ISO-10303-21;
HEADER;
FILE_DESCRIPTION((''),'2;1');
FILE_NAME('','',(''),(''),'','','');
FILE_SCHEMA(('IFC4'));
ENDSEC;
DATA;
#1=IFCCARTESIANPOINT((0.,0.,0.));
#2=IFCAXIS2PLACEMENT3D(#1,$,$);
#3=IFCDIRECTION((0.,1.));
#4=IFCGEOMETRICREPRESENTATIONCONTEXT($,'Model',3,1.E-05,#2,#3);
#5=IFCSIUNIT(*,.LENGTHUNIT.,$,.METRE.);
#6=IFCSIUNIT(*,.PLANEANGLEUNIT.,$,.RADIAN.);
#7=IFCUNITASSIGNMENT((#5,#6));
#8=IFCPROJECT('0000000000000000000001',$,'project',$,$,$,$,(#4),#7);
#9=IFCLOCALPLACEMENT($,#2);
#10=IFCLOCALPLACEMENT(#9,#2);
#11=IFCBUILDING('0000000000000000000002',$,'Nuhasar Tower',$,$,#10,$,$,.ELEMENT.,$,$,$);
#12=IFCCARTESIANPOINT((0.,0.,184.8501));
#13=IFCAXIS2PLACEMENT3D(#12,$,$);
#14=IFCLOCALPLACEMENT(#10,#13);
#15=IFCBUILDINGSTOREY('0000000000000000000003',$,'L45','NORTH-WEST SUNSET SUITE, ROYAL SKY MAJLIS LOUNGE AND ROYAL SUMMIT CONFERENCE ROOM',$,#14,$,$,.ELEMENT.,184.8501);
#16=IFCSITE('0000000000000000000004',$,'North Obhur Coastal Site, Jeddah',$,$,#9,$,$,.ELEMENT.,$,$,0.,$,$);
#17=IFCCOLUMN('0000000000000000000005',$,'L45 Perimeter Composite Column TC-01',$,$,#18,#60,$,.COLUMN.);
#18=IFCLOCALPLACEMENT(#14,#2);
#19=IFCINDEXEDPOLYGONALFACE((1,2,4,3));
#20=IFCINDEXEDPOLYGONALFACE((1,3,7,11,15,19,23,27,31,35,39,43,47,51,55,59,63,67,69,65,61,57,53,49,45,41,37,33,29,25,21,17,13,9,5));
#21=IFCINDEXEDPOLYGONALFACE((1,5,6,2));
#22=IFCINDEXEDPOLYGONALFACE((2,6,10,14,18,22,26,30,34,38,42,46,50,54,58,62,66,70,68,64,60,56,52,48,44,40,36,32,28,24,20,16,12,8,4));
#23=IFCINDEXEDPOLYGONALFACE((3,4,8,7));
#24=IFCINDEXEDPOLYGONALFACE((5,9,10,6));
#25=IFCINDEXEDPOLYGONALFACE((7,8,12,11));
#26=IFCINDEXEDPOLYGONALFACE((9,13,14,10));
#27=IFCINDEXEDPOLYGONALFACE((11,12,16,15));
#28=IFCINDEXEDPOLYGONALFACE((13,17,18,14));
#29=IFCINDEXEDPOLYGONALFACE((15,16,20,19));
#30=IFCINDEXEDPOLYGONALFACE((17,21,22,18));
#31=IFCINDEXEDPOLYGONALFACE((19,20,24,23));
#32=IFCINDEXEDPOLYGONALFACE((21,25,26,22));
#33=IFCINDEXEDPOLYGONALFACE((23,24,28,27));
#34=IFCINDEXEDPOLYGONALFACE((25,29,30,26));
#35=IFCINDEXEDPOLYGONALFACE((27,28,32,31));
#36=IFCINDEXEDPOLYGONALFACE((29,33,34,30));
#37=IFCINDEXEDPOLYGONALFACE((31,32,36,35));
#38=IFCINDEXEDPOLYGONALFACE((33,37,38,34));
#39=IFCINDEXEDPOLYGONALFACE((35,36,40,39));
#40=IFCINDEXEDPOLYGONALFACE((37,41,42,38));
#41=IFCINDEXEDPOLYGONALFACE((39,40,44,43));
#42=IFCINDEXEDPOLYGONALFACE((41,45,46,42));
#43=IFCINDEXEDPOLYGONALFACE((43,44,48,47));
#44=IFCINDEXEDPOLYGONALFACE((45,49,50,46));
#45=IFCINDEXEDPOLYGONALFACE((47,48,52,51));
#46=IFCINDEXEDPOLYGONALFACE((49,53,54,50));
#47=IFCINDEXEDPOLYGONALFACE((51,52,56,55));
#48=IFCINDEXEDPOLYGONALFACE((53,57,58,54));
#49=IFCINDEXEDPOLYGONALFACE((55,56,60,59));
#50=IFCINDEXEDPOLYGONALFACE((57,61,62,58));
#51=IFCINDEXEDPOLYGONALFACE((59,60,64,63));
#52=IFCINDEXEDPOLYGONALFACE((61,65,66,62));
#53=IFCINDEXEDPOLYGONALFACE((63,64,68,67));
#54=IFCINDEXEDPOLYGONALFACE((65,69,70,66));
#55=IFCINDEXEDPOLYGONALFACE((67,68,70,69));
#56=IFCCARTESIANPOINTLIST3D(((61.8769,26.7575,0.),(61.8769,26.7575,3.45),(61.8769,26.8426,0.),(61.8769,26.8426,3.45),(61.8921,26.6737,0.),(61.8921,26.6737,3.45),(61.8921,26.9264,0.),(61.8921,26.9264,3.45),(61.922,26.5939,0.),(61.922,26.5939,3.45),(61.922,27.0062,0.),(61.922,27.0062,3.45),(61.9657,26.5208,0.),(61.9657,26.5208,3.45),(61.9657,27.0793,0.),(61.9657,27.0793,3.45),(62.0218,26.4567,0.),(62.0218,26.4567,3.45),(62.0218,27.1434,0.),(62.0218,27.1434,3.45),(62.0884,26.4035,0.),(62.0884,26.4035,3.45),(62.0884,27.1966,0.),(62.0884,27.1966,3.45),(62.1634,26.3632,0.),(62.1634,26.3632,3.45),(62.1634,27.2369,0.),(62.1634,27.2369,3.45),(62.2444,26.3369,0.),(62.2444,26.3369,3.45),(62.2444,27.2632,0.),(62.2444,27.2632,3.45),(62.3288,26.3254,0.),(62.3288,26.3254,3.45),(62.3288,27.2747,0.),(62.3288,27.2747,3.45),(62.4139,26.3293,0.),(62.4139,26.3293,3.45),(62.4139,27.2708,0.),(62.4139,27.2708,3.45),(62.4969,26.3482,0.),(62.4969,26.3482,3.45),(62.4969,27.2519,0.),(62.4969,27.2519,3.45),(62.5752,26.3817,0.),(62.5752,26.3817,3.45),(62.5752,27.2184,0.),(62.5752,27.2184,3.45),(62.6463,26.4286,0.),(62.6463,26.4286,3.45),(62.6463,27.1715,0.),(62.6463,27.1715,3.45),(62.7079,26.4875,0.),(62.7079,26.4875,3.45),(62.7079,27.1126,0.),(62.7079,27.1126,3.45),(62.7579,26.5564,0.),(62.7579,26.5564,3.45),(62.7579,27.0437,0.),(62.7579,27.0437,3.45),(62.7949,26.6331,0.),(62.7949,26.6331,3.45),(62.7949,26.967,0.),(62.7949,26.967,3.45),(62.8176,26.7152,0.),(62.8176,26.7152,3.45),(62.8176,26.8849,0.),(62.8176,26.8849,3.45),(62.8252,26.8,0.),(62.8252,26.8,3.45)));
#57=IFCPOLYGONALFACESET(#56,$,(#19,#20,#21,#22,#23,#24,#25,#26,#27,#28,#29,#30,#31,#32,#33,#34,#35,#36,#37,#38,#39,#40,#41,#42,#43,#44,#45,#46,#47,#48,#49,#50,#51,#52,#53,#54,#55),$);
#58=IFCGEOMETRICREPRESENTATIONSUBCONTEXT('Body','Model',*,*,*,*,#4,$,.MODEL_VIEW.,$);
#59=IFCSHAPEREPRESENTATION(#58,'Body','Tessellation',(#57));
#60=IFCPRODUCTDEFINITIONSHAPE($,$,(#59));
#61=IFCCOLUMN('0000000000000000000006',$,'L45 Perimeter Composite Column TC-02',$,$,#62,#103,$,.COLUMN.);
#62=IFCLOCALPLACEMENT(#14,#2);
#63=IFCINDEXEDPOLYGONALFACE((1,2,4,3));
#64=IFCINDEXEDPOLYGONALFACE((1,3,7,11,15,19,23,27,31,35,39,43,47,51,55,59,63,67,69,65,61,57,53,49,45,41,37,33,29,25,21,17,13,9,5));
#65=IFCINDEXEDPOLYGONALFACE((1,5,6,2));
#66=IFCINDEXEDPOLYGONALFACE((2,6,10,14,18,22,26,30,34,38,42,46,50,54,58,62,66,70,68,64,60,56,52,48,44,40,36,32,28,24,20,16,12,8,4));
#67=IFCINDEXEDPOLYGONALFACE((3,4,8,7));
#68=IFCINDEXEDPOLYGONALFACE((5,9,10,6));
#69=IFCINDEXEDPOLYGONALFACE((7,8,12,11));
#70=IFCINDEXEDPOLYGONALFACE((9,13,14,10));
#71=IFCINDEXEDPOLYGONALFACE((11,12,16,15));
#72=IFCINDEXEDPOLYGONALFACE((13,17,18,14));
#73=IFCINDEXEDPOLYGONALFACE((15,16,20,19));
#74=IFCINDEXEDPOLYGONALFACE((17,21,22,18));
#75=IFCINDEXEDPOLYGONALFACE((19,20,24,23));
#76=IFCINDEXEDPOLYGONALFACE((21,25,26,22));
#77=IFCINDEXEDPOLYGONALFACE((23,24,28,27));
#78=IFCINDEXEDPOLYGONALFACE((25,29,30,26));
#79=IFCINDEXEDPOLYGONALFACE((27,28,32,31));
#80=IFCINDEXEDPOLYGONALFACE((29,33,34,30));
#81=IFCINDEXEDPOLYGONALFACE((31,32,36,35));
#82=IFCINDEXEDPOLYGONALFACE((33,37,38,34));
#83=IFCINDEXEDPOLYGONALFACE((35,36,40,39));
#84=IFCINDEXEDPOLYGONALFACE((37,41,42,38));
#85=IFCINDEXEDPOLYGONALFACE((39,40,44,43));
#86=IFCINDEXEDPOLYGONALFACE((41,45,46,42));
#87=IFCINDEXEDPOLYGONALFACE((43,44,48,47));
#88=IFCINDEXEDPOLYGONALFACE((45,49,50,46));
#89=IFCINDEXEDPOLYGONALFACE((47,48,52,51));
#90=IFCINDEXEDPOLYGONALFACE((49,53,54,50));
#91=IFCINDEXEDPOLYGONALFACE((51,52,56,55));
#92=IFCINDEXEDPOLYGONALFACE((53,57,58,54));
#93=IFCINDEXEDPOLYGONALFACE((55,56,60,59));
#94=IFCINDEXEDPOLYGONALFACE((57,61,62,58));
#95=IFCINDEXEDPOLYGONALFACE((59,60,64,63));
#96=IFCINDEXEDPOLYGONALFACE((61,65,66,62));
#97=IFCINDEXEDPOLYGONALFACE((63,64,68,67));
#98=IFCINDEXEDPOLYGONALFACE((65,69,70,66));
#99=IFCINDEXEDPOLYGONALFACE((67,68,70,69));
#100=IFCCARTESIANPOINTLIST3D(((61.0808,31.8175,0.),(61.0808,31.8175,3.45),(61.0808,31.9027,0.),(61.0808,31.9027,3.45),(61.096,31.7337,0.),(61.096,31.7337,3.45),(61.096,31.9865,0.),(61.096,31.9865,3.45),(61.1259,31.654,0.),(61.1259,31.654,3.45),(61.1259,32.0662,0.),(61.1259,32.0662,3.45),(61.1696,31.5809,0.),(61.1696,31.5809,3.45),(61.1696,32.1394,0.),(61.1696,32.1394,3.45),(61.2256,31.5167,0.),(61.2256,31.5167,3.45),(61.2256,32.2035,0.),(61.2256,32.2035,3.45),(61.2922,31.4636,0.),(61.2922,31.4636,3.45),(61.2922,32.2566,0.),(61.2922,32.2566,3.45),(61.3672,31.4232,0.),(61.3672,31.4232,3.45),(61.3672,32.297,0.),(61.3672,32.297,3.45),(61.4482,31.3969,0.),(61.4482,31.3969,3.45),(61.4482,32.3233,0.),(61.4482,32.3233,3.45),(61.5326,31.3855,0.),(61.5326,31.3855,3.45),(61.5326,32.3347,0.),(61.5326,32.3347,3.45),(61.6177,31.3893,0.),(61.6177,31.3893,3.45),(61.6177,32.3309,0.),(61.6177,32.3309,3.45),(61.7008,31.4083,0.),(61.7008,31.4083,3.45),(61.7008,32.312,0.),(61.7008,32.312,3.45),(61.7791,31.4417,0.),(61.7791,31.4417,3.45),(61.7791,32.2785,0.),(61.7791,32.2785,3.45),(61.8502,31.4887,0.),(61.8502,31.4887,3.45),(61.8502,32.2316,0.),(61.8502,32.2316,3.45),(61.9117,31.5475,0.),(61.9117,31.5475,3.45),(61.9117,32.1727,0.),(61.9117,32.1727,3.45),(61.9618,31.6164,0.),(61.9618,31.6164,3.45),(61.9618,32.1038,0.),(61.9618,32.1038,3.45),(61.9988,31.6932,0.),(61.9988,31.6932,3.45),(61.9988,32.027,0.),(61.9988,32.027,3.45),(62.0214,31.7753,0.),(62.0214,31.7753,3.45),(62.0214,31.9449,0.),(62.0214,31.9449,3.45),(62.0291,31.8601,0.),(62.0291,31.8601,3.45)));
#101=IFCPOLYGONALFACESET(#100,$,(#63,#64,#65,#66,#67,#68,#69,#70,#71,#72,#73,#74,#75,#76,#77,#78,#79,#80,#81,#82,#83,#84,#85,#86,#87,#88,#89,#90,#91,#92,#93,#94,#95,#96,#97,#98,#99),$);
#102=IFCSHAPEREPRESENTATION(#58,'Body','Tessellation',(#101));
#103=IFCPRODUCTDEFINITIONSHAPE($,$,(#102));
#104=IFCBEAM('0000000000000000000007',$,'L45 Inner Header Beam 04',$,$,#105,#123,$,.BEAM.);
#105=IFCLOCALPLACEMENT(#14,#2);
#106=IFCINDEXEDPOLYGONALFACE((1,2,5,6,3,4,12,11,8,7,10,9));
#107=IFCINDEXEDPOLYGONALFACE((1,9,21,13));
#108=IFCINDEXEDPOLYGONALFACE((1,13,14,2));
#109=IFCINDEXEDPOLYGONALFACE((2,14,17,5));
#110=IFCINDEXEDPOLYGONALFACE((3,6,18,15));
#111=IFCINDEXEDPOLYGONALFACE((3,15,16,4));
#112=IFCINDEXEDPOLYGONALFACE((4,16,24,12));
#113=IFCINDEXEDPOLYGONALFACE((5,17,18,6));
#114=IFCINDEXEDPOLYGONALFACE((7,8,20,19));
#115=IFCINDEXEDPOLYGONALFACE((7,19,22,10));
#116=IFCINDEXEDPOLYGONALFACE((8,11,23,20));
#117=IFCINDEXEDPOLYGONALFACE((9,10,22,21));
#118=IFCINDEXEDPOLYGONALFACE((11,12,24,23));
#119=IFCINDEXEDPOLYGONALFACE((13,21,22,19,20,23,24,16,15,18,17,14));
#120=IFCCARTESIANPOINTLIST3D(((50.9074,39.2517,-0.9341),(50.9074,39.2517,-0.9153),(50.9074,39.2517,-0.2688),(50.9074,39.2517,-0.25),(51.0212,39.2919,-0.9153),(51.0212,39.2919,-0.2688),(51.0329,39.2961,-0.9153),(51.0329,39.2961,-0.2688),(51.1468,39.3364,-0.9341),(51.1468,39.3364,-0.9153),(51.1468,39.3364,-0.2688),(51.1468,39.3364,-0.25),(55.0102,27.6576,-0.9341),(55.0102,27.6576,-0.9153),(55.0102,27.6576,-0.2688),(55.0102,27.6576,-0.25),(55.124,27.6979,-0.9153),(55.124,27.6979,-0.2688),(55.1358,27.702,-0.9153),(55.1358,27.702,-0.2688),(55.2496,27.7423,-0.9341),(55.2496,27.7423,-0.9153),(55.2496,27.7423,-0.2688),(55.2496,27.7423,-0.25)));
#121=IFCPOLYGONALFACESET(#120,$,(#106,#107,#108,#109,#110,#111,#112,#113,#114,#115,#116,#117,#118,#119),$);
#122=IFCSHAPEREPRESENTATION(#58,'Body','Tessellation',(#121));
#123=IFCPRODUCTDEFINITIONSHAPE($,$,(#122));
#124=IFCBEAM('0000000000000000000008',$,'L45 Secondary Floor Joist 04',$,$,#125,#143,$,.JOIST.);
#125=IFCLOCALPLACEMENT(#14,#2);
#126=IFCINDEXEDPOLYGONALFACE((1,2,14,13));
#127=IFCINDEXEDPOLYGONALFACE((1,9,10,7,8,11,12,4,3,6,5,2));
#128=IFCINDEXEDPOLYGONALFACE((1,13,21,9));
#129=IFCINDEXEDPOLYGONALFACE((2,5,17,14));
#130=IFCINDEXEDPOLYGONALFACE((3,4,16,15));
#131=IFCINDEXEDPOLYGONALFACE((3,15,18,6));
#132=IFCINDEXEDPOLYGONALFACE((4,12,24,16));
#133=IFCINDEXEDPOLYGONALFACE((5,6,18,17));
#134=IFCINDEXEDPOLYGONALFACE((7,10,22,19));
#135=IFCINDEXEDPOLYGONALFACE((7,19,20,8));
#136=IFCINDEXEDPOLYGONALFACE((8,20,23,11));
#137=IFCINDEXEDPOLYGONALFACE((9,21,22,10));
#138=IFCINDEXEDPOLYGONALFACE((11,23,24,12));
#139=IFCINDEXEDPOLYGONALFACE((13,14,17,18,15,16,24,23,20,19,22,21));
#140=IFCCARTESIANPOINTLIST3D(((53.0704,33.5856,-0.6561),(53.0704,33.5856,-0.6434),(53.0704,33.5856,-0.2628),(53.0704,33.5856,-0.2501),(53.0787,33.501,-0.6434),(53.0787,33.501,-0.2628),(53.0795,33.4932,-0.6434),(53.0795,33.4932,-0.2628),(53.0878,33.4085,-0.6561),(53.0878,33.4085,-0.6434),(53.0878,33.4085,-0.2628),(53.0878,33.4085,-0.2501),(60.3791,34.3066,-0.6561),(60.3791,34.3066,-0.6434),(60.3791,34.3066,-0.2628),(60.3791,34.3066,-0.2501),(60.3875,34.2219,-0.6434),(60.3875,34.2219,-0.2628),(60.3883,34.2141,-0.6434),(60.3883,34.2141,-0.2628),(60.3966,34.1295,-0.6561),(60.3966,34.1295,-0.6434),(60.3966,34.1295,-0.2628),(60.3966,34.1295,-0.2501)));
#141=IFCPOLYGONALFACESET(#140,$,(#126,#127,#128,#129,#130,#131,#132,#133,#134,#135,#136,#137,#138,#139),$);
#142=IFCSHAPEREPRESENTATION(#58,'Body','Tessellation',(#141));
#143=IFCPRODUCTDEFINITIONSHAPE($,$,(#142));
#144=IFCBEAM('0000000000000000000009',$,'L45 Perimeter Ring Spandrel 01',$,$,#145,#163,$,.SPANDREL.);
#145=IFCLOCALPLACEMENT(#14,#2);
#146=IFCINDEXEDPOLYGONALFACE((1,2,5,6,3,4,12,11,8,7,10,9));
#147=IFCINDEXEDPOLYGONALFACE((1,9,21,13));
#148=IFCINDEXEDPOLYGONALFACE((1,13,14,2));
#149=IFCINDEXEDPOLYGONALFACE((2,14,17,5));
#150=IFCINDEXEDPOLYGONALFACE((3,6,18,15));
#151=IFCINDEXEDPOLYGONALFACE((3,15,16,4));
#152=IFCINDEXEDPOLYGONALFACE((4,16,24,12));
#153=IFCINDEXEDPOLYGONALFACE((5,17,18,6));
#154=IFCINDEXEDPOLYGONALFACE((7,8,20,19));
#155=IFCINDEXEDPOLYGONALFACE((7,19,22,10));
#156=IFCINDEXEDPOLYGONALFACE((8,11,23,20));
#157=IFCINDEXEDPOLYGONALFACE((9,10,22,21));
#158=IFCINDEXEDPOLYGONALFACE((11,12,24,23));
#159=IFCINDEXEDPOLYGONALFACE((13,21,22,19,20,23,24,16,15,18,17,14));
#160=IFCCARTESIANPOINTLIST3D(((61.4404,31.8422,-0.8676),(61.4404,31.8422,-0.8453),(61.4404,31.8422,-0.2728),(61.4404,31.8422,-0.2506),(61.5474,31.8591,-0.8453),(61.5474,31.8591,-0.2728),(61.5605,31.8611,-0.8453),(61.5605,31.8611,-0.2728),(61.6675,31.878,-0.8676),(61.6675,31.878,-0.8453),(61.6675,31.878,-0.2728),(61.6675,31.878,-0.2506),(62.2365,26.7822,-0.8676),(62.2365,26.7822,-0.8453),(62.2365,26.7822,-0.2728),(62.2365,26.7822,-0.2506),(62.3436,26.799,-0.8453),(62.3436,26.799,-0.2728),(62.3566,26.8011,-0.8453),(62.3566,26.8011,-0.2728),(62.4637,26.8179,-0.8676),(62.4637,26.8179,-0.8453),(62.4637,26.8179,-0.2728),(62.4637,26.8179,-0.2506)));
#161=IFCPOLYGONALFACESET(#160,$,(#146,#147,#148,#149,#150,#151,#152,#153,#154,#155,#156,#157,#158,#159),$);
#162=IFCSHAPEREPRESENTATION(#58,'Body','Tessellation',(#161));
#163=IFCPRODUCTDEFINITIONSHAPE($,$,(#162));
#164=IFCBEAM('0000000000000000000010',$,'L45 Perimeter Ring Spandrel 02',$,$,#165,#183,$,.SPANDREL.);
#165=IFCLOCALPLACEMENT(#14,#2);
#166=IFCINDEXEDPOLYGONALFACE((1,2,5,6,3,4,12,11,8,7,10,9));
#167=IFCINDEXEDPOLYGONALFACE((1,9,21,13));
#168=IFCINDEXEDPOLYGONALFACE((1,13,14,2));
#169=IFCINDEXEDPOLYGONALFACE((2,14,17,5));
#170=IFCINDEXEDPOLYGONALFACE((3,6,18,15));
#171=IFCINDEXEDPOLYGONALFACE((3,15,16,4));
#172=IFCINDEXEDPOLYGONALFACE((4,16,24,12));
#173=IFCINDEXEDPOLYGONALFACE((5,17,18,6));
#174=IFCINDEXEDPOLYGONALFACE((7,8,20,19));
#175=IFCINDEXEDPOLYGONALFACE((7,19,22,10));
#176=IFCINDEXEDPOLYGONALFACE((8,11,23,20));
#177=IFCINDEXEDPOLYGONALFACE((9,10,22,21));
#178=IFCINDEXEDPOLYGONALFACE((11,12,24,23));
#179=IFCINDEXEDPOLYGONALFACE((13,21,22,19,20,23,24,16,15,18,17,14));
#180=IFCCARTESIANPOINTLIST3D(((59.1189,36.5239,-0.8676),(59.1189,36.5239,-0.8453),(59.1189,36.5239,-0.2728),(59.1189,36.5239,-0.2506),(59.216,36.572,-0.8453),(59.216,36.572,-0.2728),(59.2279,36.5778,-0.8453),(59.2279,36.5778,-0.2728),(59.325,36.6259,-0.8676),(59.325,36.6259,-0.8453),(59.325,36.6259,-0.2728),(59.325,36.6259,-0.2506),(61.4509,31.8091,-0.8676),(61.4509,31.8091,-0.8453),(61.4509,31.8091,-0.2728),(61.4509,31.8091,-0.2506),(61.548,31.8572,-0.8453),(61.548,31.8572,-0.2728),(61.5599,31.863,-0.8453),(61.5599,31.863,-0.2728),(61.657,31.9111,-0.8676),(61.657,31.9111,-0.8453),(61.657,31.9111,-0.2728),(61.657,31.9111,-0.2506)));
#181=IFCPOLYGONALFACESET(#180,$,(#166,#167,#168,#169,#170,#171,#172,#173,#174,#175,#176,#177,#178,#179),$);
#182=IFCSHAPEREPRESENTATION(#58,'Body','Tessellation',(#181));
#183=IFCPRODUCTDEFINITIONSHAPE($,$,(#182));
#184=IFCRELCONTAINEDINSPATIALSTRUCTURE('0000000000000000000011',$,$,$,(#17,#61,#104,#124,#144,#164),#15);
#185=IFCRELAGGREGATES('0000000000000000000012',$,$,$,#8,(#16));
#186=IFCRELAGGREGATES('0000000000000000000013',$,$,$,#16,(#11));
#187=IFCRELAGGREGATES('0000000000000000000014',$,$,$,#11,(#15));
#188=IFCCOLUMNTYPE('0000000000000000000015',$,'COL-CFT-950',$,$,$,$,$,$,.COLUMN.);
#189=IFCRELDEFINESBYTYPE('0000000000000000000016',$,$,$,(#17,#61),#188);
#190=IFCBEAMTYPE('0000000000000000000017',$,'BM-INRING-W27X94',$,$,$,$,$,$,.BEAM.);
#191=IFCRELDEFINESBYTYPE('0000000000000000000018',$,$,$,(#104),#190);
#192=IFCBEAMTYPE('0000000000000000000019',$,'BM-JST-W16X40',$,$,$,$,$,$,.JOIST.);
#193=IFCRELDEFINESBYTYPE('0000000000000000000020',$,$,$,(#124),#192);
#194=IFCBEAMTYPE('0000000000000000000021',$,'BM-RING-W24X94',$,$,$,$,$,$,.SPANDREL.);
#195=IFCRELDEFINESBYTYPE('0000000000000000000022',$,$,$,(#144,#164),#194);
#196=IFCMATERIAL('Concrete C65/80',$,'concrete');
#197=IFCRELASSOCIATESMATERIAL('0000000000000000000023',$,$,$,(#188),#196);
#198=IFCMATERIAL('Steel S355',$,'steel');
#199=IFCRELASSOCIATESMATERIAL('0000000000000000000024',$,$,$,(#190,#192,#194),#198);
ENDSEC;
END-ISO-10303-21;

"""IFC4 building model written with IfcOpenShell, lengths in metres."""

from ifc_helpers import new_model, si_unit, direction, frame, origin, origin_2d, place, context, subcontext, project, spatial, circle, i_section, extrude, material, material_profile, profile_set, type_object, element, save


model = new_model("IFC4")

# Units and contexts
model_context = context("Model", 3, precision=1e-05, world=origin(), true_north=direction((0.0, 1.0)))
body_context = subcontext(model_context, "Body", "Model", "MODEL_VIEW")
ifc_project = project(units=[si_unit("LENGTHUNIT", "METRE"), si_unit("PLANEANGLEUNIT", "RADIAN")], contexts=[model_context])

# Site, building, storey
site_placement = place(None, origin())
site = spatial("IfcSite", under=ifc_project, at=site_placement, Name="North Obhur Coastal Site, Jeddah", CompositionType="ELEMENT", RefElevation=0.0)
building_placement = place(site_placement, origin())
building = spatial("IfcBuilding", under=site, at=building_placement, Name="Nuhasar Tower", CompositionType="ELEMENT")
storey_placement = place(building_placement, frame((0.0, 0.0, 184.8501)))
storey = spatial("IfcBuildingStorey", under=building, at=storey_placement, Name="L45", Description="NORTH-WEST SUNSET SUITE, ROYAL SKY MAJLIS LOUNGE AND ROYAL SUMMIT CONFERENCE ROOM", CompositionType="ELEMENT", Elevation=184.8501)

# Columns
ifc_material_1 = material(Name="Concrete C65/80", Category="concrete")
ifc_material_profile_1 = material_profile(ifc_material_1, circle(Radius=0.4751, at=origin_2d()), Name="CFT950")
ifc_profile_set_1 = profile_set([ifc_material_profile_1], Name="Concrete C65/80")
column_type = type_object("IfcColumnType", Name="COL-CFT-950", PredefinedType="COLUMN", material=ifc_profile_set_1)
for number, where, z_axis, x_axis, name in (
    (1, (62.3501, 26.8, 0.0), (0.0, 0.0, 1.0), (1.0, 0.0, 0.0), "L45 Perimeter Composite Column TC-01"),
    (2, (61.554, 31.8601, 0.0), (0.0, 0.0, 1.0), (1.0, 0.0, 0.0), "L45 Perimeter Composite Column TC-02"),
):
    element("IfcColumn", number, at=place(storey_placement, frame(where, z_axis=z_axis, x_axis=x_axis)), inside=storey, type_object=column_type, Name=name, PredefinedType="COLUMN", context=body_context, shape_type="SweptSolid", body=[
        extrude(circle(Radius=0.4751, at=origin_2d()), origin(), (0.0, 0.0, 1.0), 3.45),
    ])

# Beams
ifc_material_2 = material(Name="Steel S355", Category="steel")
ifc_material_profile_2 = material_profile(ifc_material_2, i_section(OverallWidth=0.2539, OverallDepth=0.6841, WebThickness=0.0125, FlangeThickness=0.0188, at=origin_2d()), Name="W27X94")
ifc_profile_set_2 = profile_set([ifc_material_profile_2], Name="Steel S355")
beam_type_1 = type_object("IfcBeamType", Name="BM-INRING-W27X94", PredefinedType="BEAM", material=ifc_profile_set_2)
beam_1_placement = place(storey_placement, frame((55.1299, 27.7, -0.592), z_axis=(-0.3336, 0.942715, 0.0), x_axis=(-0.942715, -0.3336, 0.0)))
element("IfcBeam", 3, at=beam_1_placement, inside=storey, type_object=beam_type_1, Name="L45 Inner Header Beam 04", PredefinedType="BEAM", context=body_context, shape_type="SweptSolid", body=[
    extrude(i_section(OverallWidth=0.2539, OverallDepth=0.6841, WebThickness=0.0125, FlangeThickness=0.0188, at=origin_2d()), origin(), (0.0, 0.0, 1.0), 12.2986),
])
ifc_material_profile_3 = material_profile(ifc_material_2, i_section(OverallWidth=0.178, OverallDepth=0.406, WebThickness=0.0078, FlangeThickness=0.0127, at=origin_2d()), Name="W16X40")
ifc_profile_set_3 = profile_set([ifc_material_profile_3], Name="Steel S355")
beam_type_2 = type_object("IfcBeamType", Name="BM-JST-W16X40", PredefinedType="JOIST", material=ifc_profile_set_3)
beam_2_placement = place(storey_placement, frame((53.0791, 33.4971, -0.4531), z_axis=(0.99517, 0.098164, 0.0), x_axis=(-0.098164, 0.99517, 0.0)))
element("IfcBeam", 4, at=beam_2_placement, inside=storey, type_object=beam_type_2, Name="L45 Secondary Floor Joist 04", PredefinedType="JOIST", context=body_context, shape_type="SweptSolid", body=[
    extrude(i_section(OverallWidth=0.178, OverallDepth=0.406, WebThickness=0.0078, FlangeThickness=0.0127, at=origin_2d()), origin(), (0.0, 0.0, 1.0), 7.3442),
])
ifc_material_profile_4 = material_profile(ifc_material_2, i_section(OverallWidth=0.23, OverallDepth=0.6169, WebThickness=0.0132, FlangeThickness=0.0222, at=origin_2d()), Name="W24X94")
ifc_profile_set_4 = profile_set([ifc_material_profile_4], Name="Steel S355")
beam_type_3 = type_object("IfcBeamType", Name="BM-RING-W24X94", PredefinedType="SPANDREL", material=ifc_profile_set_4)
beam_3_placement = place(storey_placement, frame((62.3501, 26.8, -0.5591), z_axis=(-0.155427, 0.987847, 0.0), x_axis=(-0.987847, -0.155427, 0.0)))
element("IfcBeam", 5, at=beam_3_placement, inside=storey, type_object=beam_type_3, Name="L45 Perimeter Ring Spandrel 01", PredefinedType="SPANDREL", context=body_context, shape_type="SweptSolid", body=[
    extrude(i_section(OverallWidth=0.23, OverallDepth=0.6169, WebThickness=0.0132, FlangeThickness=0.0222, at=origin_2d()), origin(), (0.0, 0.0, 1.0), 5.1223),
])
beam_4_placement = place(storey_placement, frame((61.554, 31.8601, -0.5591), z_axis=(-0.443348, 0.89635, 0.0), x_axis=(-0.89635, -0.443348, 0.0)))
element("IfcBeam", 6, at=beam_4_placement, inside=storey, type_object=beam_type_3, Name="L45 Perimeter Ring Spandrel 02", PredefinedType="SPANDREL", context=body_context, shape_type="SweptSolid", body=[
    extrude(i_section(OverallWidth=0.23, OverallDepth=0.6169, WebThickness=0.0132, FlangeThickness=0.0222, at=origin_2d()), origin(), (0.0, 0.0, 1.0), 5.26),
])

save(model, "model.ifc")
